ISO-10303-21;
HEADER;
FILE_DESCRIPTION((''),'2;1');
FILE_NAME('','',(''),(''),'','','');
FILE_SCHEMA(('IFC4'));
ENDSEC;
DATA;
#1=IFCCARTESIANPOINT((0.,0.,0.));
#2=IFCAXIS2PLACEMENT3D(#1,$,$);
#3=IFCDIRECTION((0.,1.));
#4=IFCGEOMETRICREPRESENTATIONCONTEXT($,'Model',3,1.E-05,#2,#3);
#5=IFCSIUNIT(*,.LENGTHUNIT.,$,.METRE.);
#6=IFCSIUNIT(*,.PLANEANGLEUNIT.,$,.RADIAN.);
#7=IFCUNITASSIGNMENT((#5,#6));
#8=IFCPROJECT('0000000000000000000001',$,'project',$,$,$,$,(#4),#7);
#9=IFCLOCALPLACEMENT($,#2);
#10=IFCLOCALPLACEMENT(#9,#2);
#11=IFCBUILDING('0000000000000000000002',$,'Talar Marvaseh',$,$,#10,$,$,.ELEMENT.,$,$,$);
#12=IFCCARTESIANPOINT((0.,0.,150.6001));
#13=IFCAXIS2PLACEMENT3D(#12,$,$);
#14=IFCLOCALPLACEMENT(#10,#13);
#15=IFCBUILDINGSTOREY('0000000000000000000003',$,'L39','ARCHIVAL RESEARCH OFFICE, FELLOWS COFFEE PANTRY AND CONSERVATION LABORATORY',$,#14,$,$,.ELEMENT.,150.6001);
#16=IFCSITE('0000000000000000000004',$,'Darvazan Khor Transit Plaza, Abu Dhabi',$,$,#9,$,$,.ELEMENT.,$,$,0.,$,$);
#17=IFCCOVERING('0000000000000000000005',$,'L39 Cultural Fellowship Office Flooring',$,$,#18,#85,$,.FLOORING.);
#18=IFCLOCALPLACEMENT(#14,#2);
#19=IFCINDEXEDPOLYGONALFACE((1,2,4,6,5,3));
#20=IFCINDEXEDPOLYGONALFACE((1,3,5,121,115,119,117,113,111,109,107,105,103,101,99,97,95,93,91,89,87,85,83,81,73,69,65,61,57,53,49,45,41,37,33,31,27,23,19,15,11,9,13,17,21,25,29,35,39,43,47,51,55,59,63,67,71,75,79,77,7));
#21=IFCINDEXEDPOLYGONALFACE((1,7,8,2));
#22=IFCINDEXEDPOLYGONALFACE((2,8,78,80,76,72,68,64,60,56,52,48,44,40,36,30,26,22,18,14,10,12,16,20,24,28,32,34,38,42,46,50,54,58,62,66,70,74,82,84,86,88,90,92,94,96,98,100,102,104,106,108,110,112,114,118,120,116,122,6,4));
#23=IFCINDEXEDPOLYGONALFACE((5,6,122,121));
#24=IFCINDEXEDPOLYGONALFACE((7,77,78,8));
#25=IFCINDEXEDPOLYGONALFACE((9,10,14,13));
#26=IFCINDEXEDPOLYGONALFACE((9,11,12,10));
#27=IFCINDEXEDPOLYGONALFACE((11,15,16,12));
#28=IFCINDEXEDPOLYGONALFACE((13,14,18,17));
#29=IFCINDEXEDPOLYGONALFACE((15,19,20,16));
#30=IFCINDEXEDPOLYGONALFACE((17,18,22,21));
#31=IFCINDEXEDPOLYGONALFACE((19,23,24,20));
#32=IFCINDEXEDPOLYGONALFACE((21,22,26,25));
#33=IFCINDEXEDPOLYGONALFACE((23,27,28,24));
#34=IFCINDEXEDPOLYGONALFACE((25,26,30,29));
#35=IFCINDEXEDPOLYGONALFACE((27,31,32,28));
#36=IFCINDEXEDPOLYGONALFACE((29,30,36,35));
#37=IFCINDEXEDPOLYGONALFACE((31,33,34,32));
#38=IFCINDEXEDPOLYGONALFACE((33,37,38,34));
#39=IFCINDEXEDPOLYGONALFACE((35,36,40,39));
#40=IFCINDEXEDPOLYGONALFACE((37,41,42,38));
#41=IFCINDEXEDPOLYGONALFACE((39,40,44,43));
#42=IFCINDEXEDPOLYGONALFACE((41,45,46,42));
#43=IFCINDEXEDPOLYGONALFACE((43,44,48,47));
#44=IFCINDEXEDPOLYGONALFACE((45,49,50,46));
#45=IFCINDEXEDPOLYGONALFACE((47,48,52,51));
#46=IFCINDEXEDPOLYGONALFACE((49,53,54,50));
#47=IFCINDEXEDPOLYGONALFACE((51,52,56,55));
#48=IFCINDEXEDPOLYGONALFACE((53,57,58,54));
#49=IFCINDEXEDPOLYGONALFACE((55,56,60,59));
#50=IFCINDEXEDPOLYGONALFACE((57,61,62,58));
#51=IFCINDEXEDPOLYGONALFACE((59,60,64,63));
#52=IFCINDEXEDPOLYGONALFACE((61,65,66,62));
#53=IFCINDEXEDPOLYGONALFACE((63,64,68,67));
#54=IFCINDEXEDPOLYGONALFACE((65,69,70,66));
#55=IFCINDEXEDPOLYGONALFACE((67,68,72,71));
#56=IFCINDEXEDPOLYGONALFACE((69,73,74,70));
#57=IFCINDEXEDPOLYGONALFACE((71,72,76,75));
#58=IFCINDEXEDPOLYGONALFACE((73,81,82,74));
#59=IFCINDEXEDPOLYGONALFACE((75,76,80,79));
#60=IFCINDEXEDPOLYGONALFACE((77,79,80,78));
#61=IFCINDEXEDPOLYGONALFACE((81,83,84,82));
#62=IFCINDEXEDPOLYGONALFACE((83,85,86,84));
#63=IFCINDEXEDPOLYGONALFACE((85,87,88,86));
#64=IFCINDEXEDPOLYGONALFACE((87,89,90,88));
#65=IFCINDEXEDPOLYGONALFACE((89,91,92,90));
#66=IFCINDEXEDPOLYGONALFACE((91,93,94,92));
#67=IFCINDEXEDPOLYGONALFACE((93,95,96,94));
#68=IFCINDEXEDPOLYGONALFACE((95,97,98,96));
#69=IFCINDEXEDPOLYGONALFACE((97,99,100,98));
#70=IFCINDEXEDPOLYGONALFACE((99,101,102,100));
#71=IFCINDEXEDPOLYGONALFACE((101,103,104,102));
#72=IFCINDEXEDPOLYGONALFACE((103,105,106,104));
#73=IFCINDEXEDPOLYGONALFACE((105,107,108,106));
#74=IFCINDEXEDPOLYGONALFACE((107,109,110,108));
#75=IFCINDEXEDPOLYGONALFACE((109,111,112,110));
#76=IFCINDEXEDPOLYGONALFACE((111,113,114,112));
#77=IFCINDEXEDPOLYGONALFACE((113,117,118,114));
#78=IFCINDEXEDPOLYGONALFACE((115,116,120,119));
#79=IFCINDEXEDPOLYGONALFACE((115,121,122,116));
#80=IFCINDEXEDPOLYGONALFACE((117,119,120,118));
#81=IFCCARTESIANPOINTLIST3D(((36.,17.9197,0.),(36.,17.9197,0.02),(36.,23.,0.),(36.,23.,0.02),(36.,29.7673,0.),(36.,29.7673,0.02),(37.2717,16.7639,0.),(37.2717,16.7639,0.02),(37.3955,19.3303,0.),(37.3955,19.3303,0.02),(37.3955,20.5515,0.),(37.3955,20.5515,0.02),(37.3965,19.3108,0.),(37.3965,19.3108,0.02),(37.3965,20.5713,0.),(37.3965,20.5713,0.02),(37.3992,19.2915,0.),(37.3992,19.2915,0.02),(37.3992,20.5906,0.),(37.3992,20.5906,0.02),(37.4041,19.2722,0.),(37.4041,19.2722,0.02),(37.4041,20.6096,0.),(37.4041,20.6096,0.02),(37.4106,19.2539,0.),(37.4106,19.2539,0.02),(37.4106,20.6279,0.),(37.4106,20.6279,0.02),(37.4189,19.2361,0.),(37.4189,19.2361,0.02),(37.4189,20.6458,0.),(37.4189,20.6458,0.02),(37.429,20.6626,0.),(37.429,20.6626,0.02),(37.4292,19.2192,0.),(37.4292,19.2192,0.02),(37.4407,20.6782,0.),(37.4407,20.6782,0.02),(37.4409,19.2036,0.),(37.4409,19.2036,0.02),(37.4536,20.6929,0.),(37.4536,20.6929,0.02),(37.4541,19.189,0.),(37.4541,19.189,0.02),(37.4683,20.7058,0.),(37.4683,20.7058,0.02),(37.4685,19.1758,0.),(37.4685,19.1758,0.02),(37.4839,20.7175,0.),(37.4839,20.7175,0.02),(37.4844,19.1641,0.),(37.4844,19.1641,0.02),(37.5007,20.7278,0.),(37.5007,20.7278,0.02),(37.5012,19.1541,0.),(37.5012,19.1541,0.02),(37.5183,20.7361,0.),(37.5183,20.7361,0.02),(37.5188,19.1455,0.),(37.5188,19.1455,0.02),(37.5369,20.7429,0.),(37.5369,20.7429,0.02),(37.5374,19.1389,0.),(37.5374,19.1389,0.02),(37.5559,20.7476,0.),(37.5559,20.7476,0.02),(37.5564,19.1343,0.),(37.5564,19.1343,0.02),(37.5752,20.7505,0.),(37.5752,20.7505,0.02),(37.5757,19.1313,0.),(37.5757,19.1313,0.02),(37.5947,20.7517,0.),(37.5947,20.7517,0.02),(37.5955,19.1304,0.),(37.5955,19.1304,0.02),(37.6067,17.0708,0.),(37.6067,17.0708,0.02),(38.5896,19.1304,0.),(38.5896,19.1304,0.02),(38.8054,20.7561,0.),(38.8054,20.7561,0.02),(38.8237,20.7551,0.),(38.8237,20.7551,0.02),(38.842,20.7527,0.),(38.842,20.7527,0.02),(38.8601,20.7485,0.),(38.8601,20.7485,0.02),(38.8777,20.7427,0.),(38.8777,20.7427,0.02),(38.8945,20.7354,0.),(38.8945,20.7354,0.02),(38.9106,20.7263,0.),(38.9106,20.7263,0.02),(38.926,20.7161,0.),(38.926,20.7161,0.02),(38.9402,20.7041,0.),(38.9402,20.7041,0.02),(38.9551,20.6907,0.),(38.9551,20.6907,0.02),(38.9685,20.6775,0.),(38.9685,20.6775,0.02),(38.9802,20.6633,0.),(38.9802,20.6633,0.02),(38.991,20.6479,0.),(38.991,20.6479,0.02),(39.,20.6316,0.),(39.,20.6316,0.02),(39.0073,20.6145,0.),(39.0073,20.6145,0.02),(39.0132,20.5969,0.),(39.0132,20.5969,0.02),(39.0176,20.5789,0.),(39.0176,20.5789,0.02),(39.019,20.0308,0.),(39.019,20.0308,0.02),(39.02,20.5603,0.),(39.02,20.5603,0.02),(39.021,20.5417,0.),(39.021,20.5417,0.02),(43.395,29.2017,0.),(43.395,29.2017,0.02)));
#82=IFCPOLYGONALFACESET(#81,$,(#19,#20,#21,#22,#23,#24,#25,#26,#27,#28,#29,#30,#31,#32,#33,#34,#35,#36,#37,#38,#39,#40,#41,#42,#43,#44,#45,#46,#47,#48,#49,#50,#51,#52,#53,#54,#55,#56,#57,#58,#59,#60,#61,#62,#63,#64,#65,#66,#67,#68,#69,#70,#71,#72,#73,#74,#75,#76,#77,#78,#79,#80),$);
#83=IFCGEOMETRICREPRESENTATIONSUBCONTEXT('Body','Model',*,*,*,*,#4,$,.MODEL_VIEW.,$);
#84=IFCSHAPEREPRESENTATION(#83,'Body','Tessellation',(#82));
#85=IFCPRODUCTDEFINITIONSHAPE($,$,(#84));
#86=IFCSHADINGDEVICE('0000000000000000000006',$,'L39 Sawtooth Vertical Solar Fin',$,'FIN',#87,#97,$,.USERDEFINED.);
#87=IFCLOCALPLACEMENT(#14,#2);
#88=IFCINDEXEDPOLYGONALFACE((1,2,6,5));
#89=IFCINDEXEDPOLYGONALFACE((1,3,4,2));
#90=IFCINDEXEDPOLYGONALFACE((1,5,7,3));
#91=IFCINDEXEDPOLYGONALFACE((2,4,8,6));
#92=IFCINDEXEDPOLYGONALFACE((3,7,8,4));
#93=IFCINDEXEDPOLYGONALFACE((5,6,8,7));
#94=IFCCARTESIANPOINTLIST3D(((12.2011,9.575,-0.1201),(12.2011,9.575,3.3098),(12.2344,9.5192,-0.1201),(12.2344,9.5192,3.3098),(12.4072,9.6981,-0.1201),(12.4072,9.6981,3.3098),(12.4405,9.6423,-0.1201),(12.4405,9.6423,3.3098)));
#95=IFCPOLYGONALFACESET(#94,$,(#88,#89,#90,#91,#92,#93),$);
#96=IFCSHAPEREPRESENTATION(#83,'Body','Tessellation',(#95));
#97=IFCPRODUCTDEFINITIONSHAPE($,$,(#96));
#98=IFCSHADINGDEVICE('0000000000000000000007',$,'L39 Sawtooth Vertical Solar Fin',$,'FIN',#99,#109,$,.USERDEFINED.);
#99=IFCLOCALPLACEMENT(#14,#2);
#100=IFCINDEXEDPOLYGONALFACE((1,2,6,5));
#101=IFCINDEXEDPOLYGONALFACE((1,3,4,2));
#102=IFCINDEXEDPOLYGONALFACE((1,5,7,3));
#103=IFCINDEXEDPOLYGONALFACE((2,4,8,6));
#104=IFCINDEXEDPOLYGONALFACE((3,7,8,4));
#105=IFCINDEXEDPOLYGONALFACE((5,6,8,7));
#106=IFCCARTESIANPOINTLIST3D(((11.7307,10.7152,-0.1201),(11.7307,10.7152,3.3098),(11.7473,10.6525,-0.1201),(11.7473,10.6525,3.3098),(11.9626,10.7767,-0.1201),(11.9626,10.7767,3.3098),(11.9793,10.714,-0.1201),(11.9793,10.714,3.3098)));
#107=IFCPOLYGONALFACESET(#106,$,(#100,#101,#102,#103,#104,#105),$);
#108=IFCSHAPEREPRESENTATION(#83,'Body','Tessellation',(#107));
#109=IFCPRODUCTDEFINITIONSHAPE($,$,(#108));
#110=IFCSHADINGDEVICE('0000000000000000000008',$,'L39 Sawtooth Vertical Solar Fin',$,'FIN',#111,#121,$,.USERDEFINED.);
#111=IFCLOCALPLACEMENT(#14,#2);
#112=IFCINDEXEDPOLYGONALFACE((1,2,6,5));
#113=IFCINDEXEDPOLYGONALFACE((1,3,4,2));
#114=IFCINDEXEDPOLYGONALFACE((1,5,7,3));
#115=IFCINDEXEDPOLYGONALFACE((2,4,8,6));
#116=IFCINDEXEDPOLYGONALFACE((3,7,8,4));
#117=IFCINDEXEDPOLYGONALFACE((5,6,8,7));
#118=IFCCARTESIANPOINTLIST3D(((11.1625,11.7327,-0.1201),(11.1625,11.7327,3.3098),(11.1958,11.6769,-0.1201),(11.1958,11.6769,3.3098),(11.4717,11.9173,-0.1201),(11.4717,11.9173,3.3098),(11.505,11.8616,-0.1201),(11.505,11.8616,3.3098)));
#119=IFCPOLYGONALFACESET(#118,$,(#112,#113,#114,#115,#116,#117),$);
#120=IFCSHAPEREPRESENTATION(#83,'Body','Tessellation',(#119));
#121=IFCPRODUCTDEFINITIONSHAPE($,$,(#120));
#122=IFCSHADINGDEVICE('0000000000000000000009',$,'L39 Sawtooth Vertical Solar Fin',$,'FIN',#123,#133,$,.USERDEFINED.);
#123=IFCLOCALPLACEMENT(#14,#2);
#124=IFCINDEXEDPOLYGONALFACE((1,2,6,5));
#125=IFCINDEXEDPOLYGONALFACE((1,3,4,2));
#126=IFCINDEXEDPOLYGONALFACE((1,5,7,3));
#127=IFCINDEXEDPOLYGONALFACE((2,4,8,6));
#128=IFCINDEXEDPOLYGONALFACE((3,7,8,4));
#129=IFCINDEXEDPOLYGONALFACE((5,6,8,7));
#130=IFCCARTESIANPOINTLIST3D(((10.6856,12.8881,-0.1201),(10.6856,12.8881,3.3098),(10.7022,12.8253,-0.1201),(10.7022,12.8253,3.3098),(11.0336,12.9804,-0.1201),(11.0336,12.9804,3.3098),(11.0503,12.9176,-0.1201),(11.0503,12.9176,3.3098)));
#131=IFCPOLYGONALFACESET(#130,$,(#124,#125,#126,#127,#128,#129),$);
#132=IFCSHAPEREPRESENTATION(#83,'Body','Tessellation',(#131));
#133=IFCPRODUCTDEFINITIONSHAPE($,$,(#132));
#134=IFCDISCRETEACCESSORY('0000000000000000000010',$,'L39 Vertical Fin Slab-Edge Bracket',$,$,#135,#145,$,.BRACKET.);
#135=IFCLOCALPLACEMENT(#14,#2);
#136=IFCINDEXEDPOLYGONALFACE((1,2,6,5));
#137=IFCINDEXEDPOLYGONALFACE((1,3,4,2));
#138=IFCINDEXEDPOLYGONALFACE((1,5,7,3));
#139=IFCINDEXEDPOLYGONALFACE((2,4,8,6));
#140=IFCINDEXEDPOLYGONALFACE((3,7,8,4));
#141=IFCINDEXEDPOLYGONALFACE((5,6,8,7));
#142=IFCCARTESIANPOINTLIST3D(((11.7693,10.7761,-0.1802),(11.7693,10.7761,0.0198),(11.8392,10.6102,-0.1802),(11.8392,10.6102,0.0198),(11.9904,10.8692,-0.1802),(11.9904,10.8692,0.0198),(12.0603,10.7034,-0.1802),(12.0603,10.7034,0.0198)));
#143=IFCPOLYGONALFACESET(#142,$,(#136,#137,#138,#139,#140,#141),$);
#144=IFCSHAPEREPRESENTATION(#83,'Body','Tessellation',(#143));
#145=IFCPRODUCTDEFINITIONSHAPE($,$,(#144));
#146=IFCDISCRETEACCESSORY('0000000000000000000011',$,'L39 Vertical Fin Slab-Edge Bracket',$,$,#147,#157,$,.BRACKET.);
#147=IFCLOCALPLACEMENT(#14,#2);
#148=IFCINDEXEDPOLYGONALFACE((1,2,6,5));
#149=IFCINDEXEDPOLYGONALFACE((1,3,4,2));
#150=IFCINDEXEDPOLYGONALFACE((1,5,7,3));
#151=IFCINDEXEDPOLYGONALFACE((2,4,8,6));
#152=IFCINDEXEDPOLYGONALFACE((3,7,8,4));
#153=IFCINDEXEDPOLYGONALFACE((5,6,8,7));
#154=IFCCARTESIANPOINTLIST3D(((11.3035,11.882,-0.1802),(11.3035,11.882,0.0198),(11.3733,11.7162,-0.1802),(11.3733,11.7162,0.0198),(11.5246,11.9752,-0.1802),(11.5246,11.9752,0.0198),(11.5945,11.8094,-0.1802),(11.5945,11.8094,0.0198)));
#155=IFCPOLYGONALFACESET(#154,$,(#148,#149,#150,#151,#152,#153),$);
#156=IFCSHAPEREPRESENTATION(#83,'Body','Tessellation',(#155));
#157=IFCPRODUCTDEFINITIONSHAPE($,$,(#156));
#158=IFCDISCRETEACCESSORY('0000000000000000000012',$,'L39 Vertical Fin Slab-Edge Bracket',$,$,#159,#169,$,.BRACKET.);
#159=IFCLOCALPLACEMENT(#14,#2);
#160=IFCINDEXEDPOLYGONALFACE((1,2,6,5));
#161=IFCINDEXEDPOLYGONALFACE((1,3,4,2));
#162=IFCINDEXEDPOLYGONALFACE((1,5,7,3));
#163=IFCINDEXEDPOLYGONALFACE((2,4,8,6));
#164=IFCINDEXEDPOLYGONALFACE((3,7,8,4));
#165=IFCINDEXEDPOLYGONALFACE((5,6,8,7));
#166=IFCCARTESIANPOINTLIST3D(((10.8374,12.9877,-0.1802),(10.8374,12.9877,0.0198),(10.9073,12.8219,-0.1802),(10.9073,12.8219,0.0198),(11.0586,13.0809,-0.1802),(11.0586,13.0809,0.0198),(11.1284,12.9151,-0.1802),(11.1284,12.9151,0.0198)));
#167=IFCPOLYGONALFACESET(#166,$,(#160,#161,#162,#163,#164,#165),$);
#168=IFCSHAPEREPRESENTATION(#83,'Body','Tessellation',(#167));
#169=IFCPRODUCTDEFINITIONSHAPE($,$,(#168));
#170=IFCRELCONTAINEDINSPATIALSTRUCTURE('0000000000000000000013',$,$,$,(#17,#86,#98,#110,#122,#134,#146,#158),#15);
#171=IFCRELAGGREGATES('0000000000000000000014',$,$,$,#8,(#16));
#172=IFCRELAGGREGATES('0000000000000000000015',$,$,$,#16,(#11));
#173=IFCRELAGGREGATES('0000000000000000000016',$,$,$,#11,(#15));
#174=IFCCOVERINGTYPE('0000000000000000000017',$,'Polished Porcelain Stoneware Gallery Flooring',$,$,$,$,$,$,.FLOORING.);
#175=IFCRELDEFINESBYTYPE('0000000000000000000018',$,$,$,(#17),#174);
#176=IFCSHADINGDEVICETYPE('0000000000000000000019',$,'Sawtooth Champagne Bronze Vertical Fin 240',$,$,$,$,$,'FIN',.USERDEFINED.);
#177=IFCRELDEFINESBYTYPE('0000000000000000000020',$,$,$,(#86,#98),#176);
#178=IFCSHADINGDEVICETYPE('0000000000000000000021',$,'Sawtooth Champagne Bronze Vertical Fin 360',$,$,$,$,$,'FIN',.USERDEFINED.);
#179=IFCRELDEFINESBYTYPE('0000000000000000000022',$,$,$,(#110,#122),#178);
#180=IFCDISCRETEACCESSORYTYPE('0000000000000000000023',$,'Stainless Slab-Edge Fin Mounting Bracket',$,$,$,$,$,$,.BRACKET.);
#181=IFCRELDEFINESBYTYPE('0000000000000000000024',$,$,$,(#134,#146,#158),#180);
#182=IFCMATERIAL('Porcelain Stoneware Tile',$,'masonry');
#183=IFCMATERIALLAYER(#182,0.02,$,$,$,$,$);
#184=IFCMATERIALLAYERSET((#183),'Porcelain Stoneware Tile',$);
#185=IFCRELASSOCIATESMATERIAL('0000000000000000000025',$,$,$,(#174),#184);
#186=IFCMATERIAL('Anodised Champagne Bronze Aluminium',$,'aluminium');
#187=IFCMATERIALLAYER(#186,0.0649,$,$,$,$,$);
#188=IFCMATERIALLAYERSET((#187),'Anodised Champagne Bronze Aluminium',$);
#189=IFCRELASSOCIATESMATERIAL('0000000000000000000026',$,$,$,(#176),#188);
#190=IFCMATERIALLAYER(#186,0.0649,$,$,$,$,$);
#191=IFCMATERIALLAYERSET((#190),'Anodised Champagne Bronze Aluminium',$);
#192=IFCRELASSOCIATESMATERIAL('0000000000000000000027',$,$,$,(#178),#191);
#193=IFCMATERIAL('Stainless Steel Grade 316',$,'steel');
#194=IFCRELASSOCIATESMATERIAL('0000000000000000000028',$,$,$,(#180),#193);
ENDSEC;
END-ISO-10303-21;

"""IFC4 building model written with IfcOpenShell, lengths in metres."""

from ifc_helpers import new_model, si_unit, direction, frame, origin, origin_2d, place, context, subcontext, project, spatial, polyline, rectangle, outline, extrude, source, transform, mapped, material, layer, layer_set, type_object, type_shapes, element, save


model = new_model("IFC4")

# Units and contexts
model_context = context("Model", 3, precision=1e-05, world=origin(), true_north=direction((0.0, 1.0)))
body_context = subcontext(model_context, "Body", "Model", "MODEL_VIEW")
ifc_project = project(units=[si_unit("LENGTHUNIT", "METRE"), si_unit("PLANEANGLEUNIT", "RADIAN")], contexts=[model_context])

# Site, building, storey
site_placement = place(None, origin())
site = spatial("IfcSite", under=ifc_project, at=site_placement, Name="Darvazan Khor Transit Plaza, Abu Dhabi", CompositionType="ELEMENT", RefElevation=0.0)
building_placement = place(site_placement, origin())
building = spatial("IfcBuilding", under=site, at=building_placement, Name="Talar Marvaseh", CompositionType="ELEMENT")
storey_placement = place(building_placement, frame((0.0, 0.0, 150.6001)))
storey = spatial("IfcBuildingStorey", under=building, at=storey_placement, Name="L39", Description="ARCHIVAL RESEARCH OFFICE, FELLOWS COFFEE PANTRY AND CONSERVATION LABORATORY", CompositionType="ELEMENT", Elevation=150.6001)

# Covering
ifc_material_1 = material(Name="Porcelain Stoneware Tile", Category="masonry")
ifc_layer_1 = layer(ifc_material_1, 0.02)
ifc_layer_set_1 = layer_set([ifc_layer_1], Name="Porcelain Stoneware Tile")
covering_type_1 = type_object("IfcCoveringType", Name="Polished Porcelain Stoneware Gallery Flooring", PredefinedType="FLOORING", material=ifc_layer_set_1)
covering_1_placement = place(storey_placement, origin())
element("IfcCovering", 1, at=covering_1_placement, inside=storey, type_object=covering_type_1, Name="L39 Cultural Fellowship Office Flooring", PredefinedType="FLOORING", context=body_context, shape_type="SweptSolid", body=[
    extrude(outline(polyline([(36.0, 23.0), (36.0, 29.7673), (43.395, 29.2017), (39.019, 20.0308), (39.021, 20.5417), (39.02, 20.5603), (39.0176, 20.5789), (39.0132, 20.5969), (39.0073, 20.6145), (39.0, 20.6316), (38.991, 20.6479), (38.9802, 20.6633), (38.9685, 20.6775), (38.9551, 20.6907), (38.9402, 20.7041), (38.926, 20.7161), (38.9106, 20.7263), (38.8945, 20.7354), (38.8777, 20.7427), (38.8601, 20.7485), (38.842, 20.7527), (38.8237, 20.7551), (38.8054, 20.7561), (37.5947, 20.7517), (37.5752, 20.7505), (37.5559, 20.7476), (37.5369, 20.7429), (37.5183, 20.7361), (37.5007, 20.7278), (37.4839, 20.7175), (37.4683, 20.7058), (37.4536, 20.6929), (37.4407, 20.6782), (37.429, 20.6626), (37.4189, 20.6458), (37.4106, 20.6279), (37.4041, 20.6096), (37.3992, 20.5906), (37.3965, 20.5713), (37.3955, 20.5515), (37.3955, 19.3303), (37.3965, 19.3108), (37.3992, 19.2915), (37.4041, 19.2722), (37.4106, 19.2539), (37.4189, 19.2361), (37.4292, 19.2192), (37.4409, 19.2036), (37.4541, 19.189), (37.4685, 19.1758), (37.4844, 19.1641), (37.5012, 19.1541), (37.5188, 19.1455), (37.5374, 19.1389), (37.5564, 19.1343), (37.5757, 19.1313), (37.5955, 19.1304), (38.5896, 19.1304), (37.6067, 17.0708), (37.2717, 16.7639), (36.0, 17.9197), (36.0, 23.0)])), origin(), (0.0, 0.0, 1.0), 0.02),
])

# Shading devices
ifc_material_2 = material(Name="Anodised Champagne Bronze Aluminium", Category="aluminium")
ifc_layer_2 = layer(ifc_material_2, 0.0649)
ifc_layer_set_2 = layer_set([ifc_layer_2], Name="Anodised Champagne Bronze Aluminium")
shading_device_type_1 = type_object("IfcShadingDeviceType", Name="Sawtooth Champagne Bronze Vertical Fin 240", ElementType="FIN", PredefinedType="USERDEFINED", material=ifc_layer_set_2)
shared_shape_1 = source(origin(), body_context, "Body", "SweptSolid", [
    extrude(rectangle(XDim=0.24, YDim=0.0649, at=origin_2d()), origin(), (0.0, 0.0, 1.0), 3.4299),
])
type_shapes(shading_device_type_1, [shared_shape_1])
for number, where, z_axis, x_axis, name in (
    (2, (12.3208, 9.6086, -0.1201), (0.0, 0.0, 1.0), (-0.858513, -0.512792, 0.0), "L39 Sawtooth Vertical Solar Fin"),
    (3, (11.855, 10.7146, -0.1201), (0.0, 0.0, 1.0), (-0.9666, -0.256289, 0.0), "L39 Sawtooth Vertical Solar Fin"),
):
    element("IfcShadingDevice", number, at=place(storey_placement, frame(where, z_axis=z_axis, x_axis=x_axis)), inside=storey, type_object=shading_device_type_1, Name=name, ObjectType="FIN", PredefinedType="USERDEFINED", context=body_context, shape_type="MappedRepresentation", body=[
        mapped(shared_shape_1, transform((0.0, 0.0, 0.0), x_axis=(1.0, 0.0, 0.0), y_axis=(0.0, 1.0, 0.0), z_axis=(0.0, 0.0, 1.0), scale=1.0)),
    ])
ifc_layer_3 = layer(ifc_material_2, 0.0649)
ifc_layer_set_3 = layer_set([ifc_layer_3], Name="Anodised Champagne Bronze Aluminium")
shading_device_type_2 = type_object("IfcShadingDeviceType", Name="Sawtooth Champagne Bronze Vertical Fin 360", ElementType="FIN", PredefinedType="USERDEFINED", material=ifc_layer_set_3)
shared_shape_2 = source(origin(), body_context, "Body", "SweptSolid", [
    extrude(rectangle(XDim=0.3601, YDim=0.0649, at=origin_2d()), origin(), (0.0, 0.0, 1.0), 3.4299),
])
type_shapes(shading_device_type_2, [shared_shape_2])
for number, where, z_axis, x_axis, name in (
    (4, (11.3337, 11.7971, -0.1201), (0.0, 0.0, 1.0), (-0.858513, -0.512792, 0.0), "L39 Sawtooth Vertical Solar Fin"),
    (5, (10.8679, 12.9028, -0.1201), (0.0, 0.0, 1.0), (-0.9666, -0.256289, 0.0), "L39 Sawtooth Vertical Solar Fin"),
):
    element("IfcShadingDevice", number, at=place(storey_placement, frame(where, z_axis=z_axis, x_axis=x_axis)), inside=storey, type_object=shading_device_type_2, Name=name, ObjectType="FIN", PredefinedType="USERDEFINED", context=body_context, shape_type="MappedRepresentation", body=[
        mapped(shared_shape_2, transform((0.0, 0.0, 0.0), x_axis=(1.0, 0.0, 0.0), y_axis=(0.0, 1.0, 0.0), z_axis=(0.0, 0.0, 1.0), scale=1.0)),
    ])

# Discrete accessories
ifc_material_3 = material(Name="Stainless Steel Grade 316", Category="steel")
discrete_accessory_type = type_object("IfcDiscreteAccessoryType", Name="Stainless Slab-Edge Fin Mounting Bracket", PredefinedType="BRACKET", material=ifc_material_3)
shared_shape_3 = source(origin(), body_context, "Body", "SweptSolid", [
    extrude(rectangle(XDim=0.24, YDim=0.1799, at=origin_2d()), origin(), (0.0, 0.0, 1.0), 0.2),
])
type_shapes(discrete_accessory_type, [shared_shape_3])
for number, where, z_axis, x_axis, name in (
    (6, (11.9148, 10.7397, -0.1802), (0.0, 0.0, 1.0), (-0.921525, -0.38832, 0.0), "L39 Vertical Fin Slab-Edge Bracket"),
    (7, (11.449, 11.8457, -0.1802), (0.0, 0.0, 1.0), (-0.921525, -0.38832, 0.0), "L39 Vertical Fin Slab-Edge Bracket"),
    (8, (10.9829, 12.9514, -0.1802), (0.0, 0.0, 1.0), (-0.921525, -0.38832, 0.0), "L39 Vertical Fin Slab-Edge Bracket"),
):
    element("IfcDiscreteAccessory", number, at=place(storey_placement, frame(where, z_axis=z_axis, x_axis=x_axis)), inside=storey, type_object=discrete_accessory_type, Name=name, PredefinedType="BRACKET", context=body_context, shape_type="MappedRepresentation", body=[
        mapped(shared_shape_3, transform((0.0, 0.0, 0.0), x_axis=(1.0, 0.0, 0.0), y_axis=(0.0, 1.0, 0.0), z_axis=(0.0, 0.0, 1.0), scale=1.0)),
    ])

save(model, "model.ifc")
